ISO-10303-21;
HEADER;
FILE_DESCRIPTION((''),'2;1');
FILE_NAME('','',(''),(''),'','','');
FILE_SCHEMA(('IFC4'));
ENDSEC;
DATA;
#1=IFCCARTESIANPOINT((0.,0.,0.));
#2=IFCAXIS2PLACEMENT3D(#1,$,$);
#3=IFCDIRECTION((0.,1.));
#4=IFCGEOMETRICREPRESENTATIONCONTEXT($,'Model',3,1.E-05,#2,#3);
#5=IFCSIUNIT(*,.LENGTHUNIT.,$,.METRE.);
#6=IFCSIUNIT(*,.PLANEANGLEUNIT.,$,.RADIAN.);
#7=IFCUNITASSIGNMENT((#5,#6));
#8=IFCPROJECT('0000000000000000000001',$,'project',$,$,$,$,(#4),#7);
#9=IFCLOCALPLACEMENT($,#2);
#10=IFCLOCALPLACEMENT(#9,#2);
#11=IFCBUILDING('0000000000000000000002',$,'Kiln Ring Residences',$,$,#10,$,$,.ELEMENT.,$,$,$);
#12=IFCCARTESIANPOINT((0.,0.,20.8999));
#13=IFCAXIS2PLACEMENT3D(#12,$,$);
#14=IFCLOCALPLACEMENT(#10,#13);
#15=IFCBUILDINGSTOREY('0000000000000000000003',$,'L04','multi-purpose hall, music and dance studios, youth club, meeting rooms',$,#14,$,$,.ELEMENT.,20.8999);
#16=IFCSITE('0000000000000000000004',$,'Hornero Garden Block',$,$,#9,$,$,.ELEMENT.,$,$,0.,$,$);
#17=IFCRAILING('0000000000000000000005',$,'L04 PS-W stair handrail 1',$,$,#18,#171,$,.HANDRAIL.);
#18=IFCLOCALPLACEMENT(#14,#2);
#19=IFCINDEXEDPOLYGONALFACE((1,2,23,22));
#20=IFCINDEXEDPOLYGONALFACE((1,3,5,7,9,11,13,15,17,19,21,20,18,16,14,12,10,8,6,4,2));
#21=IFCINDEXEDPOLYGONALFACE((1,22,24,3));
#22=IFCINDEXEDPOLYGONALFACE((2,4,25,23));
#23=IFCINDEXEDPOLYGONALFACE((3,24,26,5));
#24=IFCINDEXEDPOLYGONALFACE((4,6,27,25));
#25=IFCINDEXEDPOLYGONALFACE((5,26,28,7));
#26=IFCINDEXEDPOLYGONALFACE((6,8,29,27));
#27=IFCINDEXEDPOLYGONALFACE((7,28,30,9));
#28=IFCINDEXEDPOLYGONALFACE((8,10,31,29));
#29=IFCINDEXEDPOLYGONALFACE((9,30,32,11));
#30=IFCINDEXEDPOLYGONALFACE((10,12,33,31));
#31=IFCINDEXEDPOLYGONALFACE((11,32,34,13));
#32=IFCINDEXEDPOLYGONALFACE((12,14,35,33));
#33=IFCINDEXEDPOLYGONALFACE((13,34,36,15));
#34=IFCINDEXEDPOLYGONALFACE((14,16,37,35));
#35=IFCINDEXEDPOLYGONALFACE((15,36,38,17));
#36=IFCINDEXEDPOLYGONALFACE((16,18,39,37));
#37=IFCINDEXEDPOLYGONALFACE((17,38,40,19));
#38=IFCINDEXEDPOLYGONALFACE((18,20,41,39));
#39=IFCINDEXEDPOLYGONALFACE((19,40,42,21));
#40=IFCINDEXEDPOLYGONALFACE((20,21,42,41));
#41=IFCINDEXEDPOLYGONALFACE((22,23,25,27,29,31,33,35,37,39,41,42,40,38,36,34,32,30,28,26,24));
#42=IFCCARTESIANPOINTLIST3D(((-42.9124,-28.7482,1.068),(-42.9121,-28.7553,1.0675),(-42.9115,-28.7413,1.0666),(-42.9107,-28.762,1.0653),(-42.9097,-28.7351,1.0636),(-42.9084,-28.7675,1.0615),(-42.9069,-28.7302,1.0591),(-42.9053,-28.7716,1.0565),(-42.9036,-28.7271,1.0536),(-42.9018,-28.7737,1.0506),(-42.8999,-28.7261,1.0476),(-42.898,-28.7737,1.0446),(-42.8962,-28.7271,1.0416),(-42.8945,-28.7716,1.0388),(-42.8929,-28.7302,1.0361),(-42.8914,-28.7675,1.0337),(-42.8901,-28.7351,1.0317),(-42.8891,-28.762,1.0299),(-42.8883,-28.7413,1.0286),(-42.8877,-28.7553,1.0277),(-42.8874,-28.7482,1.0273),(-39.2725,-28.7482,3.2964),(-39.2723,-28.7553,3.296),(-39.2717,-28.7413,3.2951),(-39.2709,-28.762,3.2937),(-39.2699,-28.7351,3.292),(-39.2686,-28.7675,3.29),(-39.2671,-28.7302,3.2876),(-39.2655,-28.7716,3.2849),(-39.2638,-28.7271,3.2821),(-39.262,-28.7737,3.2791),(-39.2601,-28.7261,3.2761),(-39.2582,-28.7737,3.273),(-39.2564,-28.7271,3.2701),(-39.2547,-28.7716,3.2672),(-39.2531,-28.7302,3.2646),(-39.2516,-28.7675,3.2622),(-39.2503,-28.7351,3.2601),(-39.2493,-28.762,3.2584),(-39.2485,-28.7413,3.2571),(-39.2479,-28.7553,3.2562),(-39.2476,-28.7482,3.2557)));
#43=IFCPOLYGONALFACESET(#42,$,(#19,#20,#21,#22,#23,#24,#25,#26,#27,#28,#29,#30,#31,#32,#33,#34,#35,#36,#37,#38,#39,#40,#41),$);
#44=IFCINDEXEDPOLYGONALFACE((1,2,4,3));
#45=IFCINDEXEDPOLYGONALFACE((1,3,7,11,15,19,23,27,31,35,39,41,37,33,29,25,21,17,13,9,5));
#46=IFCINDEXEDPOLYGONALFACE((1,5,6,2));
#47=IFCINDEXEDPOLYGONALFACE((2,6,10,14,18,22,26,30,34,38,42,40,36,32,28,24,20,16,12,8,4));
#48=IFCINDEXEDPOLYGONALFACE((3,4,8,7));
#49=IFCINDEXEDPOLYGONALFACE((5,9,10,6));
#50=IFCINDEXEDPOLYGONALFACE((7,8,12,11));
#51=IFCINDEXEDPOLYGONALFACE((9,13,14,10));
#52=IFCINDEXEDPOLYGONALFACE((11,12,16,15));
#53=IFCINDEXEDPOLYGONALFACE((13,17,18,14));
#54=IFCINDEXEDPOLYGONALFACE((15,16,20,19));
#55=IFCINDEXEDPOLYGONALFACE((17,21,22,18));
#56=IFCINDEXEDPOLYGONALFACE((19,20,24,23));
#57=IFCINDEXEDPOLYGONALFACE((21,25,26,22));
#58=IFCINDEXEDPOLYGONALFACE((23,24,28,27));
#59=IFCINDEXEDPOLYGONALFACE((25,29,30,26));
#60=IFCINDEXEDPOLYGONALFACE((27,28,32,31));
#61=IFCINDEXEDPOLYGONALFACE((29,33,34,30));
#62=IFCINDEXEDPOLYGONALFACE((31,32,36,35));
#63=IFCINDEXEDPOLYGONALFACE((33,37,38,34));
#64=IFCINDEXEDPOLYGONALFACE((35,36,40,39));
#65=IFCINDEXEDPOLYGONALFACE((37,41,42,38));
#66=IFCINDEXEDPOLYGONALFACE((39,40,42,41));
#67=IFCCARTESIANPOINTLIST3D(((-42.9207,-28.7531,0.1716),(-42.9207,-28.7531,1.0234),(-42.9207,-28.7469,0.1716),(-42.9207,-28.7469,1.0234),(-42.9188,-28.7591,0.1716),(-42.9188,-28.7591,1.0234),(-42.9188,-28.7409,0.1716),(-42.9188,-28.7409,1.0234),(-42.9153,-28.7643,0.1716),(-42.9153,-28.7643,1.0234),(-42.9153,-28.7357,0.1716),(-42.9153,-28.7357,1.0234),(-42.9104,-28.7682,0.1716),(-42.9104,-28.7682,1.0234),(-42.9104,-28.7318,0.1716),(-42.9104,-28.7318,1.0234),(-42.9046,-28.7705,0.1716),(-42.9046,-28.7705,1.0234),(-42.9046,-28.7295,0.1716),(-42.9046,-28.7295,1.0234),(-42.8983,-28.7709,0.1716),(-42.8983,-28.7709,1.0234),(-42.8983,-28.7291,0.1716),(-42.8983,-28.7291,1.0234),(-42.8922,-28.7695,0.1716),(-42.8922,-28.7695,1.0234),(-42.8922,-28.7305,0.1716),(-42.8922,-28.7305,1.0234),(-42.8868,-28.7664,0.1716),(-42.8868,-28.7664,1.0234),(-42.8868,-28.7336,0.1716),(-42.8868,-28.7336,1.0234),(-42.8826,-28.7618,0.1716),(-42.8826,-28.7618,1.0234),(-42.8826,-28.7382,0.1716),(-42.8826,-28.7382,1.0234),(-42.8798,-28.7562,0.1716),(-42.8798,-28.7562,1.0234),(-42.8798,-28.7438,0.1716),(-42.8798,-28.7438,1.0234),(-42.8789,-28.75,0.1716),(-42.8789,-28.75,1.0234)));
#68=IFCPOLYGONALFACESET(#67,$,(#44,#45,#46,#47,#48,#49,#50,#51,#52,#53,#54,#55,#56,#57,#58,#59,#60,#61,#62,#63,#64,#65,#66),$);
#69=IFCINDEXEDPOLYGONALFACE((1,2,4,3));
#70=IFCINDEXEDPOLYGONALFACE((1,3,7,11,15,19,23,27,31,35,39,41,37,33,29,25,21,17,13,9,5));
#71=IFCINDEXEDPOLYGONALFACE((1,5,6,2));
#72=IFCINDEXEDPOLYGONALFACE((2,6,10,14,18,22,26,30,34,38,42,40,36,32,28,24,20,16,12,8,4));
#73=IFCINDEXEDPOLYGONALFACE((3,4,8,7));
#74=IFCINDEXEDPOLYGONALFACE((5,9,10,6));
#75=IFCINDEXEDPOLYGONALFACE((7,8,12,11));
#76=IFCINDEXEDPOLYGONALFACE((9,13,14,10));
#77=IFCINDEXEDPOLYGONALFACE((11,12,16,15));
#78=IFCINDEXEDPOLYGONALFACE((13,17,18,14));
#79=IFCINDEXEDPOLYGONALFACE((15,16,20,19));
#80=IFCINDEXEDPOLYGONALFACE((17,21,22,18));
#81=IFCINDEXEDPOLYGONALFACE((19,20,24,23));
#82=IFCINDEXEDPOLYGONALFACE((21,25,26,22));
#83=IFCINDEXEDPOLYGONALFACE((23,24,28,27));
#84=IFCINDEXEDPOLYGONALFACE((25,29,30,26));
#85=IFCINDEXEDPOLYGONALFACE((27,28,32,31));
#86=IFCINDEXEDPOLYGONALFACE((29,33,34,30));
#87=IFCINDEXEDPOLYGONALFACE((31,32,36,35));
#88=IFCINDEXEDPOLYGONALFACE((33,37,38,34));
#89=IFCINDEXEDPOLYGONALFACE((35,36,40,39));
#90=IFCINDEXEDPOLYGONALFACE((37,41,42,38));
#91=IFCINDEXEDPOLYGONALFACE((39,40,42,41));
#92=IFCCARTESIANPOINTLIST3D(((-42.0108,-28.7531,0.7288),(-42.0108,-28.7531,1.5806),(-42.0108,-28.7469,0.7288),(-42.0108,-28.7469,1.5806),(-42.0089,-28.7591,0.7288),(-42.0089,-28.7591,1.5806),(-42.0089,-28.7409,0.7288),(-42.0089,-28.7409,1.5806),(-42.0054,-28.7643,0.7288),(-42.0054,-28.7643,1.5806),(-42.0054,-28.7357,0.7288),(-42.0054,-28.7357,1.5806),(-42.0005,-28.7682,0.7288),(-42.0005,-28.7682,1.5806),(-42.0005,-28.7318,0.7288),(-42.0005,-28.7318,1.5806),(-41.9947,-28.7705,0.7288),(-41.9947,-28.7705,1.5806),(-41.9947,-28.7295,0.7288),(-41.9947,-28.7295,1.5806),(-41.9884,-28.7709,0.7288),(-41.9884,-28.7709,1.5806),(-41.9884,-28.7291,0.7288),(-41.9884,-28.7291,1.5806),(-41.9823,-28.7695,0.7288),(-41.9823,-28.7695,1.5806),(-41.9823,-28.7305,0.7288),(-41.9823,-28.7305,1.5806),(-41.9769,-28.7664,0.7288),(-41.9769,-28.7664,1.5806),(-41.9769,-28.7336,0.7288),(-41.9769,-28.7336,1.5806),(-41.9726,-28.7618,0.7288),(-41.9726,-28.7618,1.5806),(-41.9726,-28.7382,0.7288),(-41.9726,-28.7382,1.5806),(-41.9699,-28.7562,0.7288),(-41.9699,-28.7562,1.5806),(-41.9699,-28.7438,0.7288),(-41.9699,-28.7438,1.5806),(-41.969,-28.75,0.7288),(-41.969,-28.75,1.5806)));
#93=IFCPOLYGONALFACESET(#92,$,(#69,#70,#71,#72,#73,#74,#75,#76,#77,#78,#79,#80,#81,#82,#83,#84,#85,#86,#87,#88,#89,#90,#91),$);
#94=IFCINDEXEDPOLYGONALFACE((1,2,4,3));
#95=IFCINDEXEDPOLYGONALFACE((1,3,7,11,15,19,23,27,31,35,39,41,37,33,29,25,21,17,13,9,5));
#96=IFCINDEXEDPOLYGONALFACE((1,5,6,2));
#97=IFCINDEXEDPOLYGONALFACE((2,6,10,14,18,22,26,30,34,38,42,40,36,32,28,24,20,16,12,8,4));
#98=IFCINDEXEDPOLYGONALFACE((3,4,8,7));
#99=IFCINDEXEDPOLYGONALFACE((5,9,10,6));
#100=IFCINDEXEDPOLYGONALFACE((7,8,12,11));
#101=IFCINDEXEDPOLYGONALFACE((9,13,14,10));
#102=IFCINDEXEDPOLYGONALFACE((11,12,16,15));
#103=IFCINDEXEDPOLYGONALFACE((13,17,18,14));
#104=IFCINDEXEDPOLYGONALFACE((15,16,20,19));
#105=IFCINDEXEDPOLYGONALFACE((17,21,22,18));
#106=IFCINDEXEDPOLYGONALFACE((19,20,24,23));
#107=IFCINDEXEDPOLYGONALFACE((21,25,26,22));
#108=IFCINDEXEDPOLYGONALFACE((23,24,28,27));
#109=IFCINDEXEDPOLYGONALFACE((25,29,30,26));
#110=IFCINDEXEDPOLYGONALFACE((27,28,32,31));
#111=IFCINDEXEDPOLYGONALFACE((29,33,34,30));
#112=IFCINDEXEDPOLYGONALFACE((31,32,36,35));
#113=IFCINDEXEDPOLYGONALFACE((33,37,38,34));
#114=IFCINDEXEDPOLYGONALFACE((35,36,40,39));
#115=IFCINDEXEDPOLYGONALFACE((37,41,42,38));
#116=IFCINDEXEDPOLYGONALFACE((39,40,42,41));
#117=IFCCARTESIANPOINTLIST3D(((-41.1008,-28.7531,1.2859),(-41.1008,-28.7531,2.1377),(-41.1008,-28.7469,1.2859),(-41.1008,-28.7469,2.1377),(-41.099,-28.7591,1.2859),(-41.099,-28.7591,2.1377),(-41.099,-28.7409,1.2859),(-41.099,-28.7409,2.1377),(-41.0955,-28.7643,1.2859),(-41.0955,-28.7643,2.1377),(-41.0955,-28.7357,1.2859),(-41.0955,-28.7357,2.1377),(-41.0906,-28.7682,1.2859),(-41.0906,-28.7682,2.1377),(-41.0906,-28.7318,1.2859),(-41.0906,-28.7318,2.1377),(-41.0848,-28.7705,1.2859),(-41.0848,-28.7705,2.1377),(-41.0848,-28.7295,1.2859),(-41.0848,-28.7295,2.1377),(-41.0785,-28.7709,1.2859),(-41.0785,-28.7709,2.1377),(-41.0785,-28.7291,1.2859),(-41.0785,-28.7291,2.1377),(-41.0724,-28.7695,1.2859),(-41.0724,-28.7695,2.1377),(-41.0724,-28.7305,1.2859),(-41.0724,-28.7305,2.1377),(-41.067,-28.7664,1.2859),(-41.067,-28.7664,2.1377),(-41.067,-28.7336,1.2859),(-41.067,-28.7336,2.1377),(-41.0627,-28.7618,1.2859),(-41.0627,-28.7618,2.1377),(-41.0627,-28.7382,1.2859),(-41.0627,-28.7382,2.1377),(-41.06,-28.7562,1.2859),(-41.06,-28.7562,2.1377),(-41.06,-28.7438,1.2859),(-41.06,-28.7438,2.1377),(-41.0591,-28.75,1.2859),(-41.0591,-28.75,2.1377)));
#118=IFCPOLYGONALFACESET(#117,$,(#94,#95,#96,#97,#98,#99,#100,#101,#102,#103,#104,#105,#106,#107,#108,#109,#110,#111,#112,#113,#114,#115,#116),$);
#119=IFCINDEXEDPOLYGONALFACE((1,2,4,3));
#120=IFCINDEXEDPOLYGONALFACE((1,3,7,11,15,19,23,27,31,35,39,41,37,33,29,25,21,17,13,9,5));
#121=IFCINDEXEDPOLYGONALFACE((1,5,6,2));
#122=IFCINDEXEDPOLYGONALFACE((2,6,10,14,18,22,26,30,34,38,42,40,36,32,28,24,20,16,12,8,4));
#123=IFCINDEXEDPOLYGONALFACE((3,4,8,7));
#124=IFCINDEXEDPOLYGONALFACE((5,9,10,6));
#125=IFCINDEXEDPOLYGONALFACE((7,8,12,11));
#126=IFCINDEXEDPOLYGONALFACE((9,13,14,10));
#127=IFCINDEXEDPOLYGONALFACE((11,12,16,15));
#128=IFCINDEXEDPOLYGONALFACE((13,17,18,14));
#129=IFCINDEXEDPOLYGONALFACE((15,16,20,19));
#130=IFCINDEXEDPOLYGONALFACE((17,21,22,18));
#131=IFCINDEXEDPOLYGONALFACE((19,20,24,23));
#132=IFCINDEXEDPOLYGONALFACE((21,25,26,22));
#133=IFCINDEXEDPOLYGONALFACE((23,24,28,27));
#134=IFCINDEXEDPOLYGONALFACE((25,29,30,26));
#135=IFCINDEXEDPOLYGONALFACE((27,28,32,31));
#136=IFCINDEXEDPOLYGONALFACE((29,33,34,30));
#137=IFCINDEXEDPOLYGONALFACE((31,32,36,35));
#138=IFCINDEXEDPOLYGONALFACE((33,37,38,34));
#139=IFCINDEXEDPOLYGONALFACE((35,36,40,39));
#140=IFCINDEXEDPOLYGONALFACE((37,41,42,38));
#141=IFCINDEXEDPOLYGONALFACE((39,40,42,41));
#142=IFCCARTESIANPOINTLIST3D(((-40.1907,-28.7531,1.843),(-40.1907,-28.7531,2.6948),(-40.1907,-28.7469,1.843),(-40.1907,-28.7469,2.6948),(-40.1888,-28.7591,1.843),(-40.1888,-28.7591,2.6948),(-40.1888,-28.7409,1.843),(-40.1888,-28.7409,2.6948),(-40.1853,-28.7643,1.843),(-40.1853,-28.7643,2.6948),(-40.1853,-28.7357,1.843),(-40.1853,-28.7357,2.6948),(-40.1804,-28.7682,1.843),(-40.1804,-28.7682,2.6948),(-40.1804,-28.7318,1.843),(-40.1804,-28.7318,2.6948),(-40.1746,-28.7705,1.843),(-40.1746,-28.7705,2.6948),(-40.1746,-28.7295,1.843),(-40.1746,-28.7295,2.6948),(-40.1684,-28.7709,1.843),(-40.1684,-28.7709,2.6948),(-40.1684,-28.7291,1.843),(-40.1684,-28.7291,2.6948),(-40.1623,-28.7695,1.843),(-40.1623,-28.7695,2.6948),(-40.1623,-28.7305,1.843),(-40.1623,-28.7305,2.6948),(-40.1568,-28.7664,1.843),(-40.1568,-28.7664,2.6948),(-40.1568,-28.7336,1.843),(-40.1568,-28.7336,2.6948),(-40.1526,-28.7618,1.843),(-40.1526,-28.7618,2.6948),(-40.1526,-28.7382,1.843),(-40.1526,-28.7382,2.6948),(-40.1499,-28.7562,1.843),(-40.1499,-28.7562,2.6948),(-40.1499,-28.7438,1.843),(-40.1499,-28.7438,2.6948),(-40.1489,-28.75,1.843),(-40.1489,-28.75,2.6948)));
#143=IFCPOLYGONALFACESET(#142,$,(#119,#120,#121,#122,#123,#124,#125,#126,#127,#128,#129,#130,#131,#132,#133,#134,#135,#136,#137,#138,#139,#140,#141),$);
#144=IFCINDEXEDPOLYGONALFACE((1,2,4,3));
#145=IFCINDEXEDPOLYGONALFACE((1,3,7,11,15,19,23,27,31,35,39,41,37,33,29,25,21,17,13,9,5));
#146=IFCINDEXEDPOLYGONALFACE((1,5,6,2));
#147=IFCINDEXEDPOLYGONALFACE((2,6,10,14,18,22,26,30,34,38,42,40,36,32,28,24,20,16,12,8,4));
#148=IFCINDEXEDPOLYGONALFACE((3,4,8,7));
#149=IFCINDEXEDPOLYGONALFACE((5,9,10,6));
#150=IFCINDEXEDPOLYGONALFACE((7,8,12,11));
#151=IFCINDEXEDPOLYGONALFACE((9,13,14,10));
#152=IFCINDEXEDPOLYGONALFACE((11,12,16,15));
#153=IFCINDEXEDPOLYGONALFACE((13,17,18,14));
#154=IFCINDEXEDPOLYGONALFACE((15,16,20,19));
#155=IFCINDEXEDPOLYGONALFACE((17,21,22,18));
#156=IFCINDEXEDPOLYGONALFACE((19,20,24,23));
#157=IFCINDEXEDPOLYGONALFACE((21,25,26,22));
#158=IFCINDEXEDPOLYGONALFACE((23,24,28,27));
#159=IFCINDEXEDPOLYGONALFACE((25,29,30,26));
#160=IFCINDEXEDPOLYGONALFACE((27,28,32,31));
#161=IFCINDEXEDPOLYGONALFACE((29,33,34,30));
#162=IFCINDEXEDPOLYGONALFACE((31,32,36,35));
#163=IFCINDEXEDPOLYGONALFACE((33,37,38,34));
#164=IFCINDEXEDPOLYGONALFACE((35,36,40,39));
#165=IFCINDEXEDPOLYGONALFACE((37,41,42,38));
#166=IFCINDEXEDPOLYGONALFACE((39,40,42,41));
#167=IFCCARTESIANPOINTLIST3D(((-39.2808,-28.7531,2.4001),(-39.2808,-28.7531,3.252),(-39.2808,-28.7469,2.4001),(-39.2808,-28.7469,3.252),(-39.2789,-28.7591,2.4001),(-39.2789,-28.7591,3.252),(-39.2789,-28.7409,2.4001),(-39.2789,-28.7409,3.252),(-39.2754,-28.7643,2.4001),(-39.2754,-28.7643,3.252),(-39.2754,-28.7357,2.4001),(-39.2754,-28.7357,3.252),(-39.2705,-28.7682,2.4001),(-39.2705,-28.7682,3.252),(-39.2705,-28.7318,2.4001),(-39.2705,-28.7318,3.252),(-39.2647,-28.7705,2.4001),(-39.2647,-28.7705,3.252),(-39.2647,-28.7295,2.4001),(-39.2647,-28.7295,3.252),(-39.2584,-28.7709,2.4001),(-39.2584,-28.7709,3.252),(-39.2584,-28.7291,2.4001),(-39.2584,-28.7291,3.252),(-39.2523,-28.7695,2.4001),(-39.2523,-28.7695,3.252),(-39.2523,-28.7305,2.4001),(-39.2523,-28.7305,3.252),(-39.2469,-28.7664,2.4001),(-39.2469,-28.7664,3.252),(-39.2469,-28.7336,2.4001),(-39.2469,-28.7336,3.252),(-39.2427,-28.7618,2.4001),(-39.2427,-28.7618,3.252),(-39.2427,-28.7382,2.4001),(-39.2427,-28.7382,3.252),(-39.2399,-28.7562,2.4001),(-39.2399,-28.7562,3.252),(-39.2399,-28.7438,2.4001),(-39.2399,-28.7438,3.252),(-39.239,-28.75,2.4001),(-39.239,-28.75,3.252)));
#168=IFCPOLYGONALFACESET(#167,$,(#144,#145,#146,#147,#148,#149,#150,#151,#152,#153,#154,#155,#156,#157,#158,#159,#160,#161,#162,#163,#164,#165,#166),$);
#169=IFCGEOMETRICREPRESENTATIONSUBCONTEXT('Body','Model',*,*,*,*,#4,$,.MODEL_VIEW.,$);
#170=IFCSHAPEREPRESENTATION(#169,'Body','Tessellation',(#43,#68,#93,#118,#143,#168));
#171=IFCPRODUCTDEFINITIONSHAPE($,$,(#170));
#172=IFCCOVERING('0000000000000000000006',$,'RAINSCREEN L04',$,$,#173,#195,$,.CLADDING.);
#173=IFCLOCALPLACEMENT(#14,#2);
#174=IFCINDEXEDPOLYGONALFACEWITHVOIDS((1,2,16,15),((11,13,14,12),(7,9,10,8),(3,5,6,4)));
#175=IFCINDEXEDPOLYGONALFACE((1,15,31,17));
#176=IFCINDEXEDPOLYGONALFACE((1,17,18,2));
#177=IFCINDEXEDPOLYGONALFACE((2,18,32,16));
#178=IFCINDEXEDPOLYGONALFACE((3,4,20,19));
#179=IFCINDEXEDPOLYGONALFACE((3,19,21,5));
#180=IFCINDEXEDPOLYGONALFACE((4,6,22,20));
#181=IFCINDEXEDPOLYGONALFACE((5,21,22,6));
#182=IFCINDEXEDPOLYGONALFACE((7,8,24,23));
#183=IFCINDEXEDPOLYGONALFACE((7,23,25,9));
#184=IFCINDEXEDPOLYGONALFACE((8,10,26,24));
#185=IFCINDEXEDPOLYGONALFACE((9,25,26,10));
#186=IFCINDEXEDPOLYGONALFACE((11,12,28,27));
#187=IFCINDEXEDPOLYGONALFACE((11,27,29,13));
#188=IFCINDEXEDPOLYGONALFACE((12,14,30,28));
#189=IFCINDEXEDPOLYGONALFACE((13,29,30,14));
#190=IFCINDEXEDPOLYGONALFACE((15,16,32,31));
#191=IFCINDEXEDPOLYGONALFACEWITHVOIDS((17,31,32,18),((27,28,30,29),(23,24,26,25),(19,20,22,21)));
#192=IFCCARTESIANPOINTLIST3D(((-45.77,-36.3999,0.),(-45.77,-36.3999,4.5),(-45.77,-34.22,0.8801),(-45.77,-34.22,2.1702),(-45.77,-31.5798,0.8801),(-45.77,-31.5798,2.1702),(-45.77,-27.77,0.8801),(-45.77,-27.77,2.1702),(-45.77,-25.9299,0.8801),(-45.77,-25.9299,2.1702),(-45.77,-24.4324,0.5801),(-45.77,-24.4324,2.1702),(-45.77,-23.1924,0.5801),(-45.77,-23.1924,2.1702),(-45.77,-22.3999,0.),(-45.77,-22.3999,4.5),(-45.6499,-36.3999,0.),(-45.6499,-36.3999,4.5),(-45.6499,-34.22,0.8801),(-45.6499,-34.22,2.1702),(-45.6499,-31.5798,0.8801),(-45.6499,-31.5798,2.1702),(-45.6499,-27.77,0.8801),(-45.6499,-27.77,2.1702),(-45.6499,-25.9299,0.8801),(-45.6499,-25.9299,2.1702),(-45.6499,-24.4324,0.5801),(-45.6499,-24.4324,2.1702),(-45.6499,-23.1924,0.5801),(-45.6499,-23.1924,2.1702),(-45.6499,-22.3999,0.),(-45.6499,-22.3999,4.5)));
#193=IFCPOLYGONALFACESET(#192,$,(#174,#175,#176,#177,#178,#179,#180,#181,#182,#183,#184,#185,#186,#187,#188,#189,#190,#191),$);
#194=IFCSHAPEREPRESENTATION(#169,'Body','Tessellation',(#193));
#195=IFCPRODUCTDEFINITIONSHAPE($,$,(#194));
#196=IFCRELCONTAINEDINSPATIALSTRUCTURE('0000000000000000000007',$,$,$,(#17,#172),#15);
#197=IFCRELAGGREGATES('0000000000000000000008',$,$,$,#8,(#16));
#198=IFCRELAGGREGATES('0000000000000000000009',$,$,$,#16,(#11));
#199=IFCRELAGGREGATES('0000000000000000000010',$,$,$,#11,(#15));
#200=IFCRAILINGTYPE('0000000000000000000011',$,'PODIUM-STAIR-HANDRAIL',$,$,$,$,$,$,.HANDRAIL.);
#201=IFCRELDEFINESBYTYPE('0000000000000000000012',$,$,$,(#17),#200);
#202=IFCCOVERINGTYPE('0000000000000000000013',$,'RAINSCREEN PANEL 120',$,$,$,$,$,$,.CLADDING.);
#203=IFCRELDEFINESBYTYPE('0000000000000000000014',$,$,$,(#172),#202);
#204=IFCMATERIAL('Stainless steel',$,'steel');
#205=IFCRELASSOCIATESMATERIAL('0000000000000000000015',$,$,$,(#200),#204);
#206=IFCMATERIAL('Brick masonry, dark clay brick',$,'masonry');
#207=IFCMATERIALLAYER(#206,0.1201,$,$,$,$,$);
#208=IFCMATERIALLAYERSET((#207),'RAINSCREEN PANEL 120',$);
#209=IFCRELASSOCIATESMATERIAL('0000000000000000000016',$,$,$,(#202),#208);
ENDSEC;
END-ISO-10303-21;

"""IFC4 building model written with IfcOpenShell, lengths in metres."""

from ifc_helpers import new_model, si_unit, direction, frame, origin, origin_2d, place, context, subcontext, project, spatial, polyline, circle, outline, extrude, material, layer, layer_set, type_object, element, save


model = new_model("IFC4")

# Units and contexts
model_context = context("Model", 3, precision=1e-05, world=origin(), true_north=direction((0.0, 1.0)))
body_context = subcontext(model_context, "Body", "Model", "MODEL_VIEW")
ifc_project = project(units=[si_unit("LENGTHUNIT", "METRE"), si_unit("PLANEANGLEUNIT", "RADIAN")], contexts=[model_context])

# Site, building, storey
site_placement = place(None, origin())
site = spatial("IfcSite", under=ifc_project, at=site_placement, Name="Hornero Garden Block", CompositionType="ELEMENT", RefElevation=0.0)
building_placement = place(site_placement, origin())
building = spatial("IfcBuilding", under=site, at=building_placement, Name="Kiln Ring Residences", CompositionType="ELEMENT")
storey_placement = place(building_placement, frame((0.0, 0.0, 20.8999)))
storey = spatial("IfcBuildingStorey", under=building, at=storey_placement, Name="L04", Description="multi-purpose hall, music and dance studios, youth club, meeting rooms", CompositionType="ELEMENT", Elevation=20.8999)

# Railing
ifc_material_1 = material(Name="Stainless steel", Category="steel")
railing_type_1 = type_object("IfcRailingType", Name="PODIUM-STAIR-HANDRAIL", PredefinedType="HANDRAIL", material=ifc_material_1)
railing_1_placement = place(storey_placement, frame((-42.8999, -28.75, 0.1716)))
element("IfcRailing", 1, at=railing_1_placement, inside=storey, type_object=railing_type_1, Name="L04 PS-W stair handrail 1", PredefinedType="HANDRAIL", context=body_context, shape_type="SweptSolid", body=[
    extrude(circle(Radius=0.0239, at=origin_2d()), frame((0.0, 0.0, 0.876), z_axis=(0.85285, 0.0, 0.522156), x_axis=(0.0, 1.0, 0.0)), (0.0, 0.0, 1.0), 4.2678),
    extrude(circle(Radius=0.021, at=origin_2d()), origin(), (0.0, 0.0, 1.0), 0.8518),
    extrude(circle(Radius=0.021, at=origin_2d()), frame((0.9099, 0.0, 0.5571)), (0.0, 0.0, 1.0), 0.8518),
    extrude(circle(Radius=0.021, at=origin_2d()), frame((1.8198, 0.0, 1.1143)), (0.0, 0.0, 1.0), 0.8518),
    extrude(circle(Radius=0.021, at=origin_2d()), frame((2.73, 0.0, 1.6714)), (0.0, 0.0, 1.0), 0.8518),
    extrude(circle(Radius=0.021, at=origin_2d()), frame((3.6399, 0.0, 2.2285)), (0.0, 0.0, 1.0), 0.8518),
])

# Covering
ifc_material_2 = material(Name="Brick masonry, dark clay brick", Category="masonry")
ifc_layer_1 = layer(ifc_material_2, 0.1201)
ifc_layer_set_1 = layer_set([ifc_layer_1], Name="RAINSCREEN PANEL 120")
covering_type = type_object("IfcCoveringType", Name="RAINSCREEN PANEL 120", PredefinedType="CLADDING", material=ifc_layer_set_1)
covering_placement = place(storey_placement, frame((-45.71, -22.3999, 0.0), z_axis=(0.0, 0.0, 1.0), x_axis=(0.0, -1.0, 0.0)))
element("IfcCovering", 2, at=covering_placement, inside=storey, type_object=covering_type, Name="RAINSCREEN L04", PredefinedType="CLADDING", context=body_context, shape_type="SweptSolid", body=[
    extrude(outline(polyline([(0.0, 0.0), (14.0, 0.0), (14.0, 4.5), (0.0, 4.5), (0.0, 0.0)]), holes=[polyline([(2.0325, 2.1702), (0.7925, 2.1702), (0.7925, 0.5801), (2.0325, 0.5801), (2.0325, 2.1702)]), polyline([(5.3701, 0.8801), (5.3701, 2.1702), (3.53, 2.1702), (3.53, 0.8801), (5.3701, 0.8801)]), polyline([(11.8201, 0.8801), (11.8201, 2.1702), (9.1799, 2.1702), (9.1799, 0.8801), (11.8201, 0.8801)])]), frame((0.0, 0.0601, 0.0), z_axis=(0.0, -1.0, 0.0), x_axis=(1.0, 0.0, 0.0)), (0.0, 0.0, 1.0), 0.1201),
])

save(model, "model.ifc")
